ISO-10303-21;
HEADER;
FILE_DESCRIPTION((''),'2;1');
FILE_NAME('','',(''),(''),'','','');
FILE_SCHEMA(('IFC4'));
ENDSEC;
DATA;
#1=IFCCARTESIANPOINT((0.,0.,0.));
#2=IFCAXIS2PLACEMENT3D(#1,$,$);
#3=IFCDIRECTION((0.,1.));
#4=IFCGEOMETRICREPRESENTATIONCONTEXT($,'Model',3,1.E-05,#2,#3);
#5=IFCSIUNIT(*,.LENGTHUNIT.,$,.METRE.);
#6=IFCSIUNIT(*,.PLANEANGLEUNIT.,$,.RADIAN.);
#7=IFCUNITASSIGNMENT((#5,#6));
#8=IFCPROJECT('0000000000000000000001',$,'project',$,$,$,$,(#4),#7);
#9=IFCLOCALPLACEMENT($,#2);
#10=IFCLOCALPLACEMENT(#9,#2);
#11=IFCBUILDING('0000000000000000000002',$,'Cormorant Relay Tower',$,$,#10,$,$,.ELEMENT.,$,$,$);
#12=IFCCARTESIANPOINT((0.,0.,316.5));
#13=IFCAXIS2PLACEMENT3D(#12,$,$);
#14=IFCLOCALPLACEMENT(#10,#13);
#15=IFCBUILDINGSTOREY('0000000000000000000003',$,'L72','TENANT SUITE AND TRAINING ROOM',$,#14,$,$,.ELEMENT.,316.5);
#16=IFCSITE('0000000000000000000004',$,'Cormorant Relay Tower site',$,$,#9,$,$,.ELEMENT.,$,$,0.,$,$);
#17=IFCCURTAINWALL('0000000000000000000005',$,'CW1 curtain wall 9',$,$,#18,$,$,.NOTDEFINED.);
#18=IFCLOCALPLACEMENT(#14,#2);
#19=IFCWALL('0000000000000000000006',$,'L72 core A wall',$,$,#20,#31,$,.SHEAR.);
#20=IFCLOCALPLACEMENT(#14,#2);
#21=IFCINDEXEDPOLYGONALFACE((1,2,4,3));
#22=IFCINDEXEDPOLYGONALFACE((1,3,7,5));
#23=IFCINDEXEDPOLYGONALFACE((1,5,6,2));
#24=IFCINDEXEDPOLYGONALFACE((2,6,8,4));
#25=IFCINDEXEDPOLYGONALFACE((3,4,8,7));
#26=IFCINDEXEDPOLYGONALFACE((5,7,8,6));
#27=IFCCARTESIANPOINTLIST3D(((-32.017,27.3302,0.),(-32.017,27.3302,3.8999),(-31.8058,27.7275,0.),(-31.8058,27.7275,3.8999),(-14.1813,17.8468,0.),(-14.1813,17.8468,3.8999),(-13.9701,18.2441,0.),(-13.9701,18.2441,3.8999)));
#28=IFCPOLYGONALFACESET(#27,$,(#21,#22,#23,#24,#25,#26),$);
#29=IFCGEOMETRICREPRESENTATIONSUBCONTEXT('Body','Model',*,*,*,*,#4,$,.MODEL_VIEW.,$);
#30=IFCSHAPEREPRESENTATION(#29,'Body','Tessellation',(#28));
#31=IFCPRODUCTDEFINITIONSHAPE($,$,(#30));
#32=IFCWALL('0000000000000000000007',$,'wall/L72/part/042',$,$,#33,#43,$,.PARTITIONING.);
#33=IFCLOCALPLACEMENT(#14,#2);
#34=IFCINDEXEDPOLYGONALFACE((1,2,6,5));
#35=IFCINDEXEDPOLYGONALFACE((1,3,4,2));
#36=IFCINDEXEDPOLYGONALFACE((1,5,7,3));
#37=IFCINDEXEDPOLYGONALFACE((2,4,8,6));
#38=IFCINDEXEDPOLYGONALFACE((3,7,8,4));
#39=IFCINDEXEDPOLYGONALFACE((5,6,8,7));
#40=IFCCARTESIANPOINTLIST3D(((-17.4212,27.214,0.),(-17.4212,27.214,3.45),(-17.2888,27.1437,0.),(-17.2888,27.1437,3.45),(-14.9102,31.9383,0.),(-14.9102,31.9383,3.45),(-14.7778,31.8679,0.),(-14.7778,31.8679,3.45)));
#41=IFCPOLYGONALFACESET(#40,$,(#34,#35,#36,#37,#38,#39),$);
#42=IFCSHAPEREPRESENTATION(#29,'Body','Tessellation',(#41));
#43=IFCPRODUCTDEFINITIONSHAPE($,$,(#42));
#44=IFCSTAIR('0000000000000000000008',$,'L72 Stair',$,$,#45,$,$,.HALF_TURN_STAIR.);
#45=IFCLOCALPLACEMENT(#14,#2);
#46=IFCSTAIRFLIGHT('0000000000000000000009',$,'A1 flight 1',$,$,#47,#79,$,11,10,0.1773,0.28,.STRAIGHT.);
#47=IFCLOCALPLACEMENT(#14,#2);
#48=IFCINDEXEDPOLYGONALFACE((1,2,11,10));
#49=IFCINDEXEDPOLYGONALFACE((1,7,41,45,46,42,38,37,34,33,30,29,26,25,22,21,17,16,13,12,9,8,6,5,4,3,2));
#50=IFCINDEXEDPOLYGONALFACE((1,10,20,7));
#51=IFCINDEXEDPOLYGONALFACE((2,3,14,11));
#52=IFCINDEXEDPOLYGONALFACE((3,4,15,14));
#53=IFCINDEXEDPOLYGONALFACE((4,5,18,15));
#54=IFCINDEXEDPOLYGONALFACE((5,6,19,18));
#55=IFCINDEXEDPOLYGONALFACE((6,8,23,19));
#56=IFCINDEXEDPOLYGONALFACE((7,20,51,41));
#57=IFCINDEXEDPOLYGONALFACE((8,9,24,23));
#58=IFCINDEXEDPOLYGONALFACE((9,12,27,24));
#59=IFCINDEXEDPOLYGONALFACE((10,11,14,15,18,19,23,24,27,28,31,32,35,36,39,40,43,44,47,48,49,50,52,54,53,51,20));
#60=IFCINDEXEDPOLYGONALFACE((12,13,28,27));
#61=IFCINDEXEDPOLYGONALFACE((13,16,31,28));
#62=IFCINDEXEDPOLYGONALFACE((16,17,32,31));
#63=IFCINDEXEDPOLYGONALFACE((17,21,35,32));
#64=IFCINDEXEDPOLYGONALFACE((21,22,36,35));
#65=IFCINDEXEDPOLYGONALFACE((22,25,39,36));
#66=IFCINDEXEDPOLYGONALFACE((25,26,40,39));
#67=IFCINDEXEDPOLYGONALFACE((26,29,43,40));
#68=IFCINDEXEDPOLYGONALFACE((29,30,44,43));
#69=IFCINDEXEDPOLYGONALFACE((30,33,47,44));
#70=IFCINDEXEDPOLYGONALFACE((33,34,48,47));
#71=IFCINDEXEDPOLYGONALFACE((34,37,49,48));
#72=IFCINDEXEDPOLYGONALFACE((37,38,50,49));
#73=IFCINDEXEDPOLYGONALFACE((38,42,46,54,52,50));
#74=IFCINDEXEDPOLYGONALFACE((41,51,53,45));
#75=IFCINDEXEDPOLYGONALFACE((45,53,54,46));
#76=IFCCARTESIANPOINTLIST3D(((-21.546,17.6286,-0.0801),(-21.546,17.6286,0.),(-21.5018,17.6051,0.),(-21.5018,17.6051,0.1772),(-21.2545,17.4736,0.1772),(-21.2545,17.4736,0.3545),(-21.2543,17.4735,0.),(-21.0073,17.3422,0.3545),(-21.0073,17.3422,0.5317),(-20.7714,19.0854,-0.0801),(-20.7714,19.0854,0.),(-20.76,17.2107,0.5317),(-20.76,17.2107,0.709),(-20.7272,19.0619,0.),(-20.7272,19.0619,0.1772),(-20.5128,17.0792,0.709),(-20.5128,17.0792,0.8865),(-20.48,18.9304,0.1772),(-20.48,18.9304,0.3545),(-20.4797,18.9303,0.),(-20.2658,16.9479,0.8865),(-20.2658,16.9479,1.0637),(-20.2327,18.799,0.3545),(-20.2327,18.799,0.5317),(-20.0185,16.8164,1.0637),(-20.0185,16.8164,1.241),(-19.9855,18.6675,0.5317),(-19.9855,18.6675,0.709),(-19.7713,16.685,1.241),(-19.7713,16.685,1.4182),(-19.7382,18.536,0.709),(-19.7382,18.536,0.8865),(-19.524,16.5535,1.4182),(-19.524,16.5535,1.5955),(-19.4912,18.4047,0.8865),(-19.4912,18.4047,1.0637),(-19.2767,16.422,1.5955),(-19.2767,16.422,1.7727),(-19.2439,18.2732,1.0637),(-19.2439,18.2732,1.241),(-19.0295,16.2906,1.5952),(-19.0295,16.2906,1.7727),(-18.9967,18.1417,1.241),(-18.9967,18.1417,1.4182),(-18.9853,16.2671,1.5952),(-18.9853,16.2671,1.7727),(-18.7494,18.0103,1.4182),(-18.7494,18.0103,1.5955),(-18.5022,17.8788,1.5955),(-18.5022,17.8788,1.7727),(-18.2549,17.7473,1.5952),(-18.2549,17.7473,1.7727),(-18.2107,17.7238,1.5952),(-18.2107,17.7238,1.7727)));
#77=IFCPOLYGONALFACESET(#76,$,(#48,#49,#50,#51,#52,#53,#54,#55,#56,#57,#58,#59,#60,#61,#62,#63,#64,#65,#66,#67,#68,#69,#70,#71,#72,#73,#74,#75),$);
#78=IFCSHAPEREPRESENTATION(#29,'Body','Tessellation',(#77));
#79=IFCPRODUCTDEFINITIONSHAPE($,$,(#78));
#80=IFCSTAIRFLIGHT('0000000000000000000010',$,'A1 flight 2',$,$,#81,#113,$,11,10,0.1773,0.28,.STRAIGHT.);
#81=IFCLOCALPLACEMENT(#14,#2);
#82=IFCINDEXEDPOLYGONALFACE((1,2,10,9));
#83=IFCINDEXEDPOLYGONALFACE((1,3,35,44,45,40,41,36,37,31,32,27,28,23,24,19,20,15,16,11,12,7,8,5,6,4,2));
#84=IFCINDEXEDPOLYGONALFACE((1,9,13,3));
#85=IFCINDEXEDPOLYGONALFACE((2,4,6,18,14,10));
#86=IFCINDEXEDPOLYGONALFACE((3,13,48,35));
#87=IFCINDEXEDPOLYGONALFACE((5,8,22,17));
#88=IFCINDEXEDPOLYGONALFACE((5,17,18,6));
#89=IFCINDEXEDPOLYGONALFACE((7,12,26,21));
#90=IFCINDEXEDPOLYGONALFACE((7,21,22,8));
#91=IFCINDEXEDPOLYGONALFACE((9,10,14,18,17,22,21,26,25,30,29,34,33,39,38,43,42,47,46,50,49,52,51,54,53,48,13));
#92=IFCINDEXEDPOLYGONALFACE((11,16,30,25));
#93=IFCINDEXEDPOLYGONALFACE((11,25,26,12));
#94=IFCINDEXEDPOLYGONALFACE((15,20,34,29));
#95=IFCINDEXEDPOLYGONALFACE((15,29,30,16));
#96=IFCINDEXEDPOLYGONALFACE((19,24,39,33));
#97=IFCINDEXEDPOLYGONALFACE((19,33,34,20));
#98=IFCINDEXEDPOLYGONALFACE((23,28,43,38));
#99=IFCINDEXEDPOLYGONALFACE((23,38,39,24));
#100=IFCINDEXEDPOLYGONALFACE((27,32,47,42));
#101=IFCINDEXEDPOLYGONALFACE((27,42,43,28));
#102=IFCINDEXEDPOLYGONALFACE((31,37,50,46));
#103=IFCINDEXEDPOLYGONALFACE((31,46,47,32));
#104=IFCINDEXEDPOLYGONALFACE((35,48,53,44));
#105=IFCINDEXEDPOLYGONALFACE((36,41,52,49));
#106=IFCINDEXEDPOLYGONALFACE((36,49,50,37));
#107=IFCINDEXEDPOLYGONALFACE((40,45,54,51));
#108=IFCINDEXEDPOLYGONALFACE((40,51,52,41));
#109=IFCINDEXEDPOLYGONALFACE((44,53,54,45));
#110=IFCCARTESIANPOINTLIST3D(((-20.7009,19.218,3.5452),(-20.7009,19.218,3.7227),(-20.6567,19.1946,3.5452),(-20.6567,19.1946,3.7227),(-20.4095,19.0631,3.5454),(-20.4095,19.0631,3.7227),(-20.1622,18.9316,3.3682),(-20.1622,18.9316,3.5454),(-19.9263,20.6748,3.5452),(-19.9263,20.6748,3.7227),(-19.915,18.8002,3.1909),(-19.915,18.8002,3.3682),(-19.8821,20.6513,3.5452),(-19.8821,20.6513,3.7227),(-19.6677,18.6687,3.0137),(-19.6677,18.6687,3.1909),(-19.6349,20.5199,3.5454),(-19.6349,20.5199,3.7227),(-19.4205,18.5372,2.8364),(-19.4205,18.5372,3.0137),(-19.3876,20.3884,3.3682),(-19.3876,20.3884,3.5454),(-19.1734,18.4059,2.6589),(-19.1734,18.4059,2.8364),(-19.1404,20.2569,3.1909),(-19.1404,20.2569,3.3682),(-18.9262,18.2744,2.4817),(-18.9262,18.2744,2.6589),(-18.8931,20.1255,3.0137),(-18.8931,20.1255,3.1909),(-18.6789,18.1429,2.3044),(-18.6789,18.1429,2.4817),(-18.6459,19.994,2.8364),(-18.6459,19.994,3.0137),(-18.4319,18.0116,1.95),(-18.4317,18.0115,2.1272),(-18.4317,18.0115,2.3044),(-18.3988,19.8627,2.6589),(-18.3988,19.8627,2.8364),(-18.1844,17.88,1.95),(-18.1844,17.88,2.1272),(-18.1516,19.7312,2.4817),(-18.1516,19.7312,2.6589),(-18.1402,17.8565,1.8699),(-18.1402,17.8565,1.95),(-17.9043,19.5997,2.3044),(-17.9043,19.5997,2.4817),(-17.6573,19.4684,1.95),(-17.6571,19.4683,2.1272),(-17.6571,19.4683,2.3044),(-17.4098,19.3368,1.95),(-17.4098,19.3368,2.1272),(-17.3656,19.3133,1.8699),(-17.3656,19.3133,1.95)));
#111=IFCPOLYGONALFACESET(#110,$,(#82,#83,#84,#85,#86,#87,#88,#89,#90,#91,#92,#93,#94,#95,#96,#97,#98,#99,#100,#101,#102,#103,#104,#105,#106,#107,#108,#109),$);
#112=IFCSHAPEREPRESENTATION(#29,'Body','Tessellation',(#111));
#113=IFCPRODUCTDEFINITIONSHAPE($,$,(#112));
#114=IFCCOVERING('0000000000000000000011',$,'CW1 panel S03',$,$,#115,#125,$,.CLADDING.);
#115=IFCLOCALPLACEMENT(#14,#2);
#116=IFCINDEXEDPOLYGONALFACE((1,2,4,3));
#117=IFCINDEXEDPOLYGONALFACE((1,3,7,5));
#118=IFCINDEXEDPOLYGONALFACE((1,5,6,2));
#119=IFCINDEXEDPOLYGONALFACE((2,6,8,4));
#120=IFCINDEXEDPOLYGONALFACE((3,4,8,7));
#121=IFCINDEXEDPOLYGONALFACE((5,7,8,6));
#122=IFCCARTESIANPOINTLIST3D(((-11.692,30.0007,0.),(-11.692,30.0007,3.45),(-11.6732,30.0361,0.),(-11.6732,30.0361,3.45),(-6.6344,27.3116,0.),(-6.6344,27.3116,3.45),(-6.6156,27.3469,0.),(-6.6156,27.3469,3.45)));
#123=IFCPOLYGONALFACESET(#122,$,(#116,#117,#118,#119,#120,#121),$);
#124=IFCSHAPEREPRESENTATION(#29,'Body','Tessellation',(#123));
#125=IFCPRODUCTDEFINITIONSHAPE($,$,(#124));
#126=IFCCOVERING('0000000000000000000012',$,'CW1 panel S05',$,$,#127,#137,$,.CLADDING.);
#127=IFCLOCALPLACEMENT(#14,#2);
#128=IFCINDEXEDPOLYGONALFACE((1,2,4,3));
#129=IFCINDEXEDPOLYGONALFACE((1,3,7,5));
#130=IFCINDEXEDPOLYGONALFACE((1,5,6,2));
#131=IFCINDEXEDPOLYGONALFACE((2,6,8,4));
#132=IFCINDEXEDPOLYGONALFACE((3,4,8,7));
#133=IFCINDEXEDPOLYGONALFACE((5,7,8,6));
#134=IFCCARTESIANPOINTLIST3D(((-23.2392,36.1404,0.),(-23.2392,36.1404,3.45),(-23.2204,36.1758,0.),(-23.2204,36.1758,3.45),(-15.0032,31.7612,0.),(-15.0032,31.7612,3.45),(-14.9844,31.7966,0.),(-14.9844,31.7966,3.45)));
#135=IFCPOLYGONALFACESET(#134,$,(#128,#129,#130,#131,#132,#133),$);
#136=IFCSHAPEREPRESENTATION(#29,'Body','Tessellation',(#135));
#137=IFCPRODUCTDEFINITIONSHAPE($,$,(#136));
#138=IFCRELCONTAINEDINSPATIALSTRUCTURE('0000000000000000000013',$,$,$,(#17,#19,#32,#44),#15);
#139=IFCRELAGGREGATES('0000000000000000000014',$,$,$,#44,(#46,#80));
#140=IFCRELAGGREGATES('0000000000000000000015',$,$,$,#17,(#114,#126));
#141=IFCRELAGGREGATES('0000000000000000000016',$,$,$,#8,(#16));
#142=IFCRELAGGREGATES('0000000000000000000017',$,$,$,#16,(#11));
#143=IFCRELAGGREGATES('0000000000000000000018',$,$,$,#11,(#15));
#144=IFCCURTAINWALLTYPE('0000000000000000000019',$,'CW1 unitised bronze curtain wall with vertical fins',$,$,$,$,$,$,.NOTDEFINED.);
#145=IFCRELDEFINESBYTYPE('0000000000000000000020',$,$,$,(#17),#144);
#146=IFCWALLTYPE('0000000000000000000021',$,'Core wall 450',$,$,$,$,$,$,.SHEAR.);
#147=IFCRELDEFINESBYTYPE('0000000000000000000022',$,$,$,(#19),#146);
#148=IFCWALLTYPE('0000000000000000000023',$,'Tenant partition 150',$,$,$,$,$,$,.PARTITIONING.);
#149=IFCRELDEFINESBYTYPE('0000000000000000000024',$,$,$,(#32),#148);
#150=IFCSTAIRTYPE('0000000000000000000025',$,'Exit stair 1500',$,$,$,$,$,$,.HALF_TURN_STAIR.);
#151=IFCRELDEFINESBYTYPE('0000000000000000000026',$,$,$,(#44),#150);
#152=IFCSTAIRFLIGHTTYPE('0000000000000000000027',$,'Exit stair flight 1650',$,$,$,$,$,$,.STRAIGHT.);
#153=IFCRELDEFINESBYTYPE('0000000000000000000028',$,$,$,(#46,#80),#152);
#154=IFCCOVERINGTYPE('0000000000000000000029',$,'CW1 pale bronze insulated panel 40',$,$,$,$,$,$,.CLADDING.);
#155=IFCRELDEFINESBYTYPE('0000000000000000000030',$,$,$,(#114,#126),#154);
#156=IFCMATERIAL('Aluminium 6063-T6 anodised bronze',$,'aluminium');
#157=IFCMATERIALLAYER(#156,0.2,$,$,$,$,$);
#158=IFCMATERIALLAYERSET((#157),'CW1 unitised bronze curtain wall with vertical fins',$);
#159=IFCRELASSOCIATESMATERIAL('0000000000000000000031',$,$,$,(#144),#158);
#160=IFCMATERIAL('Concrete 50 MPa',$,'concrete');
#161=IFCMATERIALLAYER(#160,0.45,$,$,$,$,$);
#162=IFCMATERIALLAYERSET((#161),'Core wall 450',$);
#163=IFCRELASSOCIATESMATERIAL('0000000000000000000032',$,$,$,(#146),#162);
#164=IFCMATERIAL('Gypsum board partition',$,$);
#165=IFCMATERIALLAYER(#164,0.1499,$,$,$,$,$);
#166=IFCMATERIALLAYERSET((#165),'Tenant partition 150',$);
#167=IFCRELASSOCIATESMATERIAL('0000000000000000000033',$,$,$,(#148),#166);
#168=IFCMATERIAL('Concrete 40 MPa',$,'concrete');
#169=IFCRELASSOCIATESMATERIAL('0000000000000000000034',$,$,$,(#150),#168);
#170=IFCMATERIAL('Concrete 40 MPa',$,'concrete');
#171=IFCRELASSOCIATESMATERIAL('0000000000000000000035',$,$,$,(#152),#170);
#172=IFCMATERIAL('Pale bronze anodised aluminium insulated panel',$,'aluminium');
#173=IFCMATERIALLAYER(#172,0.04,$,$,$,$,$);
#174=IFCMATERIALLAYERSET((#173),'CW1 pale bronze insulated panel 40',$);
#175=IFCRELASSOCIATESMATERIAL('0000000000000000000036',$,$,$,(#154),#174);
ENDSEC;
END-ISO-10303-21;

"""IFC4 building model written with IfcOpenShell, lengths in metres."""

from ifc_helpers import new_model, si_unit, direction, frame, frame_2d, origin, origin_2d, place, context, subcontext, project, spatial, polyline, rectangle, outline, extrude, material, layer, layer_set, type_object, element, aggregate, save


model = new_model("IFC4")

# Units and contexts
model_context = context("Model", 3, precision=1e-05, world=origin(), true_north=direction((0.0, 1.0)))
body_context = subcontext(model_context, "Body", "Model", "MODEL_VIEW")
ifc_project = project(units=[si_unit("LENGTHUNIT", "METRE"), si_unit("PLANEANGLEUNIT", "RADIAN")], contexts=[model_context])

# Site, building, storey
site_placement = place(None, origin())
site = spatial("IfcSite", under=ifc_project, at=site_placement, Name="Cormorant Relay Tower site", CompositionType="ELEMENT", RefElevation=0.0)
building_placement = place(site_placement, origin())
building = spatial("IfcBuilding", under=site, at=building_placement, Name="Cormorant Relay Tower", CompositionType="ELEMENT")
storey_placement = place(building_placement, frame((0.0, 0.0, 316.5)))
storey = spatial("IfcBuildingStorey", under=building, at=storey_placement, Name="L72", Description="TENANT SUITE AND TRAINING ROOM", CompositionType="ELEMENT", Elevation=316.5)

# Curtain wall
ifc_material_1 = material(Name="Aluminium 6063-T6 anodised bronze", Category="aluminium")
ifc_layer_1 = layer(ifc_material_1, 0.2)
ifc_layer_set_1 = layer_set([ifc_layer_1], Name="CW1 unitised bronze curtain wall with vertical fins")
curtain_wall_type = type_object("IfcCurtainWallType", Name="CW1 unitised bronze curtain wall with vertical fins", PredefinedType="NOTDEFINED", material=ifc_layer_set_1)
curtain_wall_placement = place(storey_placement, origin())
curtain_wall = element("IfcCurtainWall", 1, at=curtain_wall_placement, inside=storey, type_object=curtain_wall_type, Name="CW1 curtain wall 9", PredefinedType="NOTDEFINED")

# Shared definitions
ifc_material_2 = material(Name="Concrete 50 MPa", Category="concrete")
ifc_layer_2 = layer(ifc_material_2, 0.45)
ifc_layer_set_2 = layer_set([ifc_layer_2], Name="Core wall 450")
wall_type_1 = type_object("IfcWallType", Name="Core wall 450", PredefinedType="SHEAR", material=ifc_layer_set_2)

# Walls
wall_1_placement = place(storey_placement, frame((-14.0757, 18.0454, 0.0), z_axis=(0.0, 0.0, 1.0), x_axis=(-0.882948, 0.469471, 0.0)))
element("IfcWall", 2, at=wall_1_placement, inside=storey, type_object=wall_type_1, Name="L72 core A wall", PredefinedType="SHEAR", context=body_context, shape_type="SweptSolid", body=[
    extrude(rectangle(XDim=20.2002, YDim=0.45, at=frame_2d((10.1001, 0.0))), origin(), (0.0, 0.0, 1.0), 3.8999),
])
ifc_material_3 = material(Name="Gypsum board partition")
ifc_layer_3 = layer(ifc_material_3, 0.1499)
ifc_layer_set_3 = layer_set([ifc_layer_3], Name="Tenant partition 150")
wall_type_2 = type_object("IfcWallType", Name="Tenant partition 150", PredefinedType="PARTITIONING", material=ifc_layer_set_3)
wall_2_placement = place(storey_placement, frame((-14.844, 31.9031, 0.0), z_axis=(0.0, 0.0, 1.0), x_axis=(-0.469344, -0.883015, 0.0)))
element("IfcWall", 3, at=wall_2_placement, inside=storey, type_object=wall_type_2, Name="wall/L72/part/042", PredefinedType="PARTITIONING", context=body_context, shape_type="SweptSolid", body=[
    extrude(rectangle(XDim=5.3501, YDim=0.1499, at=frame_2d((2.675, 0.0))), origin(), (0.0, 0.0, 1.0), 3.45),
])

# Stair, stair flights
ifc_material_4 = material(Name="Concrete 40 MPa", Category="concrete")
stair_type = type_object("IfcStairType", Name="Exit stair 1500", PredefinedType="HALF_TURN_STAIR", material=ifc_material_4)
stair_placement = place(storey_placement, origin())
stair = element("IfcStair", 4, at=stair_placement, inside=storey, type_object=stair_type, Name="L72 Stair", PredefinedType="HALF_TURN_STAIR")
ifc_material_5 = material(Name="Concrete 40 MPa", Category="concrete")
stair_flight_type = type_object("IfcStairFlightType", Name="Exit stair flight 1650", PredefinedType="STRAIGHT", material=ifc_material_5)
stair_flight_1_placement = place(storey_placement, frame((-21.1145, 18.3335, 0.0), z_axis=(0.0, 0.0, 1.0), x_axis=(0.882948, -0.469472, 0.0)))
stair_flight_1 = element("IfcStairFlight", 5, at=stair_flight_1_placement, type_object=stair_flight_type, Name="A1 flight 1", NumberOfRisers=11, NumberOfTreads=10, PredefinedType="STRAIGHT", RiserHeight=0.1773, TreadLength=0.28, context=body_context, shape_type="SweptSolid", body=[
    extrude(outline(polyline([(-0.05, -0.0801), (-0.05, 0.0), (0.0, 0.0), (0.0, 0.1772), (0.28, 0.1772), (0.28, 0.3545), (0.5601, 0.3545), (0.5601, 0.5317), (0.8401, 0.5317), (0.8401, 0.709), (1.1201, 0.709), (1.1201, 0.8865), (1.3999, 0.8865), (1.3999, 1.0637), (1.6799, 1.0637), (1.6799, 1.241), (1.96, 1.241), (1.96, 1.4182), (2.24, 1.4182), (2.24, 1.5955), (2.52, 1.5955), (2.52, 1.7727), (2.8, 1.7727), (2.8501, 1.7727), (2.8501, 1.5952), (2.8, 1.5952), (0.2803, 0.0), (-0.05, -0.0801)])), frame((0.0, 0.825, 0.0), z_axis=(0.0, -1.0, 0.0), x_axis=(1.0, 0.0, 0.0)), (0.0, 0.0, 1.0), 1.6499),
])
stair_flight_2_placement = place(storey_placement, frame((-17.7971, 18.6084, 1.95), z_axis=(0.0, 0.0, 1.0), x_axis=(-0.882948, 0.469472, 0.0)))
stair_flight_2 = element("IfcStairFlight", 6, at=stair_flight_2_placement, type_object=stair_flight_type, Name="A1 flight 2", NumberOfRisers=11, NumberOfTreads=10, PredefinedType="STRAIGHT", RiserHeight=0.1773, TreadLength=0.28, context=body_context, shape_type="SweptSolid", body=[
    extrude(outline(polyline([(-0.05, -0.0801), (-0.05, 0.0), (0.0, 0.0), (0.0, 0.1772), (0.28, 0.1772), (0.28, 0.3545), (0.5601, 0.3545), (0.5601, 0.5317), (0.8401, 0.5317), (0.8401, 0.709), (1.1201, 0.709), (1.1201, 0.8865), (1.3999, 0.8865), (1.3999, 1.0637), (1.6799, 1.0637), (1.6799, 1.241), (1.96, 1.241), (1.96, 1.4182), (2.24, 1.4182), (2.24, 1.5955), (2.52, 1.5955), (2.52, 1.7727), (2.8, 1.7727), (2.8501, 1.7727), (2.8501, 1.5952), (2.8, 1.5952), (0.2803, 0.0), (-0.05, -0.0801)])), frame((0.0, 0.825, 0.0), z_axis=(0.0, -1.0, 0.0), x_axis=(1.0, 0.0, 0.0)), (0.0, 0.0, 1.0), 1.6499),
])
aggregate(stair, [stair_flight_1, stair_flight_2])

# Coverings
ifc_material_6 = material(Name="Pale bronze anodised aluminium insulated panel", Category="aluminium")
ifc_layer_4 = layer(ifc_material_6, 0.04)
ifc_layer_set_4 = layer_set([ifc_layer_4], Name="CW1 pale bronze insulated panel 40")
covering_type = type_object("IfcCoveringType", Name="CW1 pale bronze insulated panel 40", PredefinedType="CLADDING", material=ifc_layer_set_4)
covering_1_placement = place(storey_placement, frame((-9.1538, 28.6738, 0.0), z_axis=(0.0, 0.0, 1.0), x_axis=(-0.882948, 0.469472, 0.0)))
covering_1 = element("IfcCovering", 7, at=covering_1_placement, type_object=covering_type, Name="CW1 panel S03", PredefinedType="CLADDING", context=body_context, shape_type="SweptSolid", body=[
    extrude(rectangle(XDim=5.728, YDim=0.04, at=origin_2d()), origin(), (0.0, 0.0, 1.0), 3.45),
])
covering_2_placement = place(storey_placement, frame((-19.1118, 33.9685, 0.0), z_axis=(0.0, 0.0, 1.0), x_axis=(-0.882948, 0.469472, 0.0)))
covering_2 = element("IfcCovering", 8, at=covering_2_placement, type_object=covering_type, Name="CW1 panel S05", PredefinedType="CLADDING", context=body_context, shape_type="SweptSolid", body=[
    extrude(rectangle(XDim=9.3279, YDim=0.04, at=origin_2d()), origin(), (0.0, 0.0, 1.0), 3.45),
])
aggregate(curtain_wall, [covering_1, covering_2])

save(model, "model.ifc")
